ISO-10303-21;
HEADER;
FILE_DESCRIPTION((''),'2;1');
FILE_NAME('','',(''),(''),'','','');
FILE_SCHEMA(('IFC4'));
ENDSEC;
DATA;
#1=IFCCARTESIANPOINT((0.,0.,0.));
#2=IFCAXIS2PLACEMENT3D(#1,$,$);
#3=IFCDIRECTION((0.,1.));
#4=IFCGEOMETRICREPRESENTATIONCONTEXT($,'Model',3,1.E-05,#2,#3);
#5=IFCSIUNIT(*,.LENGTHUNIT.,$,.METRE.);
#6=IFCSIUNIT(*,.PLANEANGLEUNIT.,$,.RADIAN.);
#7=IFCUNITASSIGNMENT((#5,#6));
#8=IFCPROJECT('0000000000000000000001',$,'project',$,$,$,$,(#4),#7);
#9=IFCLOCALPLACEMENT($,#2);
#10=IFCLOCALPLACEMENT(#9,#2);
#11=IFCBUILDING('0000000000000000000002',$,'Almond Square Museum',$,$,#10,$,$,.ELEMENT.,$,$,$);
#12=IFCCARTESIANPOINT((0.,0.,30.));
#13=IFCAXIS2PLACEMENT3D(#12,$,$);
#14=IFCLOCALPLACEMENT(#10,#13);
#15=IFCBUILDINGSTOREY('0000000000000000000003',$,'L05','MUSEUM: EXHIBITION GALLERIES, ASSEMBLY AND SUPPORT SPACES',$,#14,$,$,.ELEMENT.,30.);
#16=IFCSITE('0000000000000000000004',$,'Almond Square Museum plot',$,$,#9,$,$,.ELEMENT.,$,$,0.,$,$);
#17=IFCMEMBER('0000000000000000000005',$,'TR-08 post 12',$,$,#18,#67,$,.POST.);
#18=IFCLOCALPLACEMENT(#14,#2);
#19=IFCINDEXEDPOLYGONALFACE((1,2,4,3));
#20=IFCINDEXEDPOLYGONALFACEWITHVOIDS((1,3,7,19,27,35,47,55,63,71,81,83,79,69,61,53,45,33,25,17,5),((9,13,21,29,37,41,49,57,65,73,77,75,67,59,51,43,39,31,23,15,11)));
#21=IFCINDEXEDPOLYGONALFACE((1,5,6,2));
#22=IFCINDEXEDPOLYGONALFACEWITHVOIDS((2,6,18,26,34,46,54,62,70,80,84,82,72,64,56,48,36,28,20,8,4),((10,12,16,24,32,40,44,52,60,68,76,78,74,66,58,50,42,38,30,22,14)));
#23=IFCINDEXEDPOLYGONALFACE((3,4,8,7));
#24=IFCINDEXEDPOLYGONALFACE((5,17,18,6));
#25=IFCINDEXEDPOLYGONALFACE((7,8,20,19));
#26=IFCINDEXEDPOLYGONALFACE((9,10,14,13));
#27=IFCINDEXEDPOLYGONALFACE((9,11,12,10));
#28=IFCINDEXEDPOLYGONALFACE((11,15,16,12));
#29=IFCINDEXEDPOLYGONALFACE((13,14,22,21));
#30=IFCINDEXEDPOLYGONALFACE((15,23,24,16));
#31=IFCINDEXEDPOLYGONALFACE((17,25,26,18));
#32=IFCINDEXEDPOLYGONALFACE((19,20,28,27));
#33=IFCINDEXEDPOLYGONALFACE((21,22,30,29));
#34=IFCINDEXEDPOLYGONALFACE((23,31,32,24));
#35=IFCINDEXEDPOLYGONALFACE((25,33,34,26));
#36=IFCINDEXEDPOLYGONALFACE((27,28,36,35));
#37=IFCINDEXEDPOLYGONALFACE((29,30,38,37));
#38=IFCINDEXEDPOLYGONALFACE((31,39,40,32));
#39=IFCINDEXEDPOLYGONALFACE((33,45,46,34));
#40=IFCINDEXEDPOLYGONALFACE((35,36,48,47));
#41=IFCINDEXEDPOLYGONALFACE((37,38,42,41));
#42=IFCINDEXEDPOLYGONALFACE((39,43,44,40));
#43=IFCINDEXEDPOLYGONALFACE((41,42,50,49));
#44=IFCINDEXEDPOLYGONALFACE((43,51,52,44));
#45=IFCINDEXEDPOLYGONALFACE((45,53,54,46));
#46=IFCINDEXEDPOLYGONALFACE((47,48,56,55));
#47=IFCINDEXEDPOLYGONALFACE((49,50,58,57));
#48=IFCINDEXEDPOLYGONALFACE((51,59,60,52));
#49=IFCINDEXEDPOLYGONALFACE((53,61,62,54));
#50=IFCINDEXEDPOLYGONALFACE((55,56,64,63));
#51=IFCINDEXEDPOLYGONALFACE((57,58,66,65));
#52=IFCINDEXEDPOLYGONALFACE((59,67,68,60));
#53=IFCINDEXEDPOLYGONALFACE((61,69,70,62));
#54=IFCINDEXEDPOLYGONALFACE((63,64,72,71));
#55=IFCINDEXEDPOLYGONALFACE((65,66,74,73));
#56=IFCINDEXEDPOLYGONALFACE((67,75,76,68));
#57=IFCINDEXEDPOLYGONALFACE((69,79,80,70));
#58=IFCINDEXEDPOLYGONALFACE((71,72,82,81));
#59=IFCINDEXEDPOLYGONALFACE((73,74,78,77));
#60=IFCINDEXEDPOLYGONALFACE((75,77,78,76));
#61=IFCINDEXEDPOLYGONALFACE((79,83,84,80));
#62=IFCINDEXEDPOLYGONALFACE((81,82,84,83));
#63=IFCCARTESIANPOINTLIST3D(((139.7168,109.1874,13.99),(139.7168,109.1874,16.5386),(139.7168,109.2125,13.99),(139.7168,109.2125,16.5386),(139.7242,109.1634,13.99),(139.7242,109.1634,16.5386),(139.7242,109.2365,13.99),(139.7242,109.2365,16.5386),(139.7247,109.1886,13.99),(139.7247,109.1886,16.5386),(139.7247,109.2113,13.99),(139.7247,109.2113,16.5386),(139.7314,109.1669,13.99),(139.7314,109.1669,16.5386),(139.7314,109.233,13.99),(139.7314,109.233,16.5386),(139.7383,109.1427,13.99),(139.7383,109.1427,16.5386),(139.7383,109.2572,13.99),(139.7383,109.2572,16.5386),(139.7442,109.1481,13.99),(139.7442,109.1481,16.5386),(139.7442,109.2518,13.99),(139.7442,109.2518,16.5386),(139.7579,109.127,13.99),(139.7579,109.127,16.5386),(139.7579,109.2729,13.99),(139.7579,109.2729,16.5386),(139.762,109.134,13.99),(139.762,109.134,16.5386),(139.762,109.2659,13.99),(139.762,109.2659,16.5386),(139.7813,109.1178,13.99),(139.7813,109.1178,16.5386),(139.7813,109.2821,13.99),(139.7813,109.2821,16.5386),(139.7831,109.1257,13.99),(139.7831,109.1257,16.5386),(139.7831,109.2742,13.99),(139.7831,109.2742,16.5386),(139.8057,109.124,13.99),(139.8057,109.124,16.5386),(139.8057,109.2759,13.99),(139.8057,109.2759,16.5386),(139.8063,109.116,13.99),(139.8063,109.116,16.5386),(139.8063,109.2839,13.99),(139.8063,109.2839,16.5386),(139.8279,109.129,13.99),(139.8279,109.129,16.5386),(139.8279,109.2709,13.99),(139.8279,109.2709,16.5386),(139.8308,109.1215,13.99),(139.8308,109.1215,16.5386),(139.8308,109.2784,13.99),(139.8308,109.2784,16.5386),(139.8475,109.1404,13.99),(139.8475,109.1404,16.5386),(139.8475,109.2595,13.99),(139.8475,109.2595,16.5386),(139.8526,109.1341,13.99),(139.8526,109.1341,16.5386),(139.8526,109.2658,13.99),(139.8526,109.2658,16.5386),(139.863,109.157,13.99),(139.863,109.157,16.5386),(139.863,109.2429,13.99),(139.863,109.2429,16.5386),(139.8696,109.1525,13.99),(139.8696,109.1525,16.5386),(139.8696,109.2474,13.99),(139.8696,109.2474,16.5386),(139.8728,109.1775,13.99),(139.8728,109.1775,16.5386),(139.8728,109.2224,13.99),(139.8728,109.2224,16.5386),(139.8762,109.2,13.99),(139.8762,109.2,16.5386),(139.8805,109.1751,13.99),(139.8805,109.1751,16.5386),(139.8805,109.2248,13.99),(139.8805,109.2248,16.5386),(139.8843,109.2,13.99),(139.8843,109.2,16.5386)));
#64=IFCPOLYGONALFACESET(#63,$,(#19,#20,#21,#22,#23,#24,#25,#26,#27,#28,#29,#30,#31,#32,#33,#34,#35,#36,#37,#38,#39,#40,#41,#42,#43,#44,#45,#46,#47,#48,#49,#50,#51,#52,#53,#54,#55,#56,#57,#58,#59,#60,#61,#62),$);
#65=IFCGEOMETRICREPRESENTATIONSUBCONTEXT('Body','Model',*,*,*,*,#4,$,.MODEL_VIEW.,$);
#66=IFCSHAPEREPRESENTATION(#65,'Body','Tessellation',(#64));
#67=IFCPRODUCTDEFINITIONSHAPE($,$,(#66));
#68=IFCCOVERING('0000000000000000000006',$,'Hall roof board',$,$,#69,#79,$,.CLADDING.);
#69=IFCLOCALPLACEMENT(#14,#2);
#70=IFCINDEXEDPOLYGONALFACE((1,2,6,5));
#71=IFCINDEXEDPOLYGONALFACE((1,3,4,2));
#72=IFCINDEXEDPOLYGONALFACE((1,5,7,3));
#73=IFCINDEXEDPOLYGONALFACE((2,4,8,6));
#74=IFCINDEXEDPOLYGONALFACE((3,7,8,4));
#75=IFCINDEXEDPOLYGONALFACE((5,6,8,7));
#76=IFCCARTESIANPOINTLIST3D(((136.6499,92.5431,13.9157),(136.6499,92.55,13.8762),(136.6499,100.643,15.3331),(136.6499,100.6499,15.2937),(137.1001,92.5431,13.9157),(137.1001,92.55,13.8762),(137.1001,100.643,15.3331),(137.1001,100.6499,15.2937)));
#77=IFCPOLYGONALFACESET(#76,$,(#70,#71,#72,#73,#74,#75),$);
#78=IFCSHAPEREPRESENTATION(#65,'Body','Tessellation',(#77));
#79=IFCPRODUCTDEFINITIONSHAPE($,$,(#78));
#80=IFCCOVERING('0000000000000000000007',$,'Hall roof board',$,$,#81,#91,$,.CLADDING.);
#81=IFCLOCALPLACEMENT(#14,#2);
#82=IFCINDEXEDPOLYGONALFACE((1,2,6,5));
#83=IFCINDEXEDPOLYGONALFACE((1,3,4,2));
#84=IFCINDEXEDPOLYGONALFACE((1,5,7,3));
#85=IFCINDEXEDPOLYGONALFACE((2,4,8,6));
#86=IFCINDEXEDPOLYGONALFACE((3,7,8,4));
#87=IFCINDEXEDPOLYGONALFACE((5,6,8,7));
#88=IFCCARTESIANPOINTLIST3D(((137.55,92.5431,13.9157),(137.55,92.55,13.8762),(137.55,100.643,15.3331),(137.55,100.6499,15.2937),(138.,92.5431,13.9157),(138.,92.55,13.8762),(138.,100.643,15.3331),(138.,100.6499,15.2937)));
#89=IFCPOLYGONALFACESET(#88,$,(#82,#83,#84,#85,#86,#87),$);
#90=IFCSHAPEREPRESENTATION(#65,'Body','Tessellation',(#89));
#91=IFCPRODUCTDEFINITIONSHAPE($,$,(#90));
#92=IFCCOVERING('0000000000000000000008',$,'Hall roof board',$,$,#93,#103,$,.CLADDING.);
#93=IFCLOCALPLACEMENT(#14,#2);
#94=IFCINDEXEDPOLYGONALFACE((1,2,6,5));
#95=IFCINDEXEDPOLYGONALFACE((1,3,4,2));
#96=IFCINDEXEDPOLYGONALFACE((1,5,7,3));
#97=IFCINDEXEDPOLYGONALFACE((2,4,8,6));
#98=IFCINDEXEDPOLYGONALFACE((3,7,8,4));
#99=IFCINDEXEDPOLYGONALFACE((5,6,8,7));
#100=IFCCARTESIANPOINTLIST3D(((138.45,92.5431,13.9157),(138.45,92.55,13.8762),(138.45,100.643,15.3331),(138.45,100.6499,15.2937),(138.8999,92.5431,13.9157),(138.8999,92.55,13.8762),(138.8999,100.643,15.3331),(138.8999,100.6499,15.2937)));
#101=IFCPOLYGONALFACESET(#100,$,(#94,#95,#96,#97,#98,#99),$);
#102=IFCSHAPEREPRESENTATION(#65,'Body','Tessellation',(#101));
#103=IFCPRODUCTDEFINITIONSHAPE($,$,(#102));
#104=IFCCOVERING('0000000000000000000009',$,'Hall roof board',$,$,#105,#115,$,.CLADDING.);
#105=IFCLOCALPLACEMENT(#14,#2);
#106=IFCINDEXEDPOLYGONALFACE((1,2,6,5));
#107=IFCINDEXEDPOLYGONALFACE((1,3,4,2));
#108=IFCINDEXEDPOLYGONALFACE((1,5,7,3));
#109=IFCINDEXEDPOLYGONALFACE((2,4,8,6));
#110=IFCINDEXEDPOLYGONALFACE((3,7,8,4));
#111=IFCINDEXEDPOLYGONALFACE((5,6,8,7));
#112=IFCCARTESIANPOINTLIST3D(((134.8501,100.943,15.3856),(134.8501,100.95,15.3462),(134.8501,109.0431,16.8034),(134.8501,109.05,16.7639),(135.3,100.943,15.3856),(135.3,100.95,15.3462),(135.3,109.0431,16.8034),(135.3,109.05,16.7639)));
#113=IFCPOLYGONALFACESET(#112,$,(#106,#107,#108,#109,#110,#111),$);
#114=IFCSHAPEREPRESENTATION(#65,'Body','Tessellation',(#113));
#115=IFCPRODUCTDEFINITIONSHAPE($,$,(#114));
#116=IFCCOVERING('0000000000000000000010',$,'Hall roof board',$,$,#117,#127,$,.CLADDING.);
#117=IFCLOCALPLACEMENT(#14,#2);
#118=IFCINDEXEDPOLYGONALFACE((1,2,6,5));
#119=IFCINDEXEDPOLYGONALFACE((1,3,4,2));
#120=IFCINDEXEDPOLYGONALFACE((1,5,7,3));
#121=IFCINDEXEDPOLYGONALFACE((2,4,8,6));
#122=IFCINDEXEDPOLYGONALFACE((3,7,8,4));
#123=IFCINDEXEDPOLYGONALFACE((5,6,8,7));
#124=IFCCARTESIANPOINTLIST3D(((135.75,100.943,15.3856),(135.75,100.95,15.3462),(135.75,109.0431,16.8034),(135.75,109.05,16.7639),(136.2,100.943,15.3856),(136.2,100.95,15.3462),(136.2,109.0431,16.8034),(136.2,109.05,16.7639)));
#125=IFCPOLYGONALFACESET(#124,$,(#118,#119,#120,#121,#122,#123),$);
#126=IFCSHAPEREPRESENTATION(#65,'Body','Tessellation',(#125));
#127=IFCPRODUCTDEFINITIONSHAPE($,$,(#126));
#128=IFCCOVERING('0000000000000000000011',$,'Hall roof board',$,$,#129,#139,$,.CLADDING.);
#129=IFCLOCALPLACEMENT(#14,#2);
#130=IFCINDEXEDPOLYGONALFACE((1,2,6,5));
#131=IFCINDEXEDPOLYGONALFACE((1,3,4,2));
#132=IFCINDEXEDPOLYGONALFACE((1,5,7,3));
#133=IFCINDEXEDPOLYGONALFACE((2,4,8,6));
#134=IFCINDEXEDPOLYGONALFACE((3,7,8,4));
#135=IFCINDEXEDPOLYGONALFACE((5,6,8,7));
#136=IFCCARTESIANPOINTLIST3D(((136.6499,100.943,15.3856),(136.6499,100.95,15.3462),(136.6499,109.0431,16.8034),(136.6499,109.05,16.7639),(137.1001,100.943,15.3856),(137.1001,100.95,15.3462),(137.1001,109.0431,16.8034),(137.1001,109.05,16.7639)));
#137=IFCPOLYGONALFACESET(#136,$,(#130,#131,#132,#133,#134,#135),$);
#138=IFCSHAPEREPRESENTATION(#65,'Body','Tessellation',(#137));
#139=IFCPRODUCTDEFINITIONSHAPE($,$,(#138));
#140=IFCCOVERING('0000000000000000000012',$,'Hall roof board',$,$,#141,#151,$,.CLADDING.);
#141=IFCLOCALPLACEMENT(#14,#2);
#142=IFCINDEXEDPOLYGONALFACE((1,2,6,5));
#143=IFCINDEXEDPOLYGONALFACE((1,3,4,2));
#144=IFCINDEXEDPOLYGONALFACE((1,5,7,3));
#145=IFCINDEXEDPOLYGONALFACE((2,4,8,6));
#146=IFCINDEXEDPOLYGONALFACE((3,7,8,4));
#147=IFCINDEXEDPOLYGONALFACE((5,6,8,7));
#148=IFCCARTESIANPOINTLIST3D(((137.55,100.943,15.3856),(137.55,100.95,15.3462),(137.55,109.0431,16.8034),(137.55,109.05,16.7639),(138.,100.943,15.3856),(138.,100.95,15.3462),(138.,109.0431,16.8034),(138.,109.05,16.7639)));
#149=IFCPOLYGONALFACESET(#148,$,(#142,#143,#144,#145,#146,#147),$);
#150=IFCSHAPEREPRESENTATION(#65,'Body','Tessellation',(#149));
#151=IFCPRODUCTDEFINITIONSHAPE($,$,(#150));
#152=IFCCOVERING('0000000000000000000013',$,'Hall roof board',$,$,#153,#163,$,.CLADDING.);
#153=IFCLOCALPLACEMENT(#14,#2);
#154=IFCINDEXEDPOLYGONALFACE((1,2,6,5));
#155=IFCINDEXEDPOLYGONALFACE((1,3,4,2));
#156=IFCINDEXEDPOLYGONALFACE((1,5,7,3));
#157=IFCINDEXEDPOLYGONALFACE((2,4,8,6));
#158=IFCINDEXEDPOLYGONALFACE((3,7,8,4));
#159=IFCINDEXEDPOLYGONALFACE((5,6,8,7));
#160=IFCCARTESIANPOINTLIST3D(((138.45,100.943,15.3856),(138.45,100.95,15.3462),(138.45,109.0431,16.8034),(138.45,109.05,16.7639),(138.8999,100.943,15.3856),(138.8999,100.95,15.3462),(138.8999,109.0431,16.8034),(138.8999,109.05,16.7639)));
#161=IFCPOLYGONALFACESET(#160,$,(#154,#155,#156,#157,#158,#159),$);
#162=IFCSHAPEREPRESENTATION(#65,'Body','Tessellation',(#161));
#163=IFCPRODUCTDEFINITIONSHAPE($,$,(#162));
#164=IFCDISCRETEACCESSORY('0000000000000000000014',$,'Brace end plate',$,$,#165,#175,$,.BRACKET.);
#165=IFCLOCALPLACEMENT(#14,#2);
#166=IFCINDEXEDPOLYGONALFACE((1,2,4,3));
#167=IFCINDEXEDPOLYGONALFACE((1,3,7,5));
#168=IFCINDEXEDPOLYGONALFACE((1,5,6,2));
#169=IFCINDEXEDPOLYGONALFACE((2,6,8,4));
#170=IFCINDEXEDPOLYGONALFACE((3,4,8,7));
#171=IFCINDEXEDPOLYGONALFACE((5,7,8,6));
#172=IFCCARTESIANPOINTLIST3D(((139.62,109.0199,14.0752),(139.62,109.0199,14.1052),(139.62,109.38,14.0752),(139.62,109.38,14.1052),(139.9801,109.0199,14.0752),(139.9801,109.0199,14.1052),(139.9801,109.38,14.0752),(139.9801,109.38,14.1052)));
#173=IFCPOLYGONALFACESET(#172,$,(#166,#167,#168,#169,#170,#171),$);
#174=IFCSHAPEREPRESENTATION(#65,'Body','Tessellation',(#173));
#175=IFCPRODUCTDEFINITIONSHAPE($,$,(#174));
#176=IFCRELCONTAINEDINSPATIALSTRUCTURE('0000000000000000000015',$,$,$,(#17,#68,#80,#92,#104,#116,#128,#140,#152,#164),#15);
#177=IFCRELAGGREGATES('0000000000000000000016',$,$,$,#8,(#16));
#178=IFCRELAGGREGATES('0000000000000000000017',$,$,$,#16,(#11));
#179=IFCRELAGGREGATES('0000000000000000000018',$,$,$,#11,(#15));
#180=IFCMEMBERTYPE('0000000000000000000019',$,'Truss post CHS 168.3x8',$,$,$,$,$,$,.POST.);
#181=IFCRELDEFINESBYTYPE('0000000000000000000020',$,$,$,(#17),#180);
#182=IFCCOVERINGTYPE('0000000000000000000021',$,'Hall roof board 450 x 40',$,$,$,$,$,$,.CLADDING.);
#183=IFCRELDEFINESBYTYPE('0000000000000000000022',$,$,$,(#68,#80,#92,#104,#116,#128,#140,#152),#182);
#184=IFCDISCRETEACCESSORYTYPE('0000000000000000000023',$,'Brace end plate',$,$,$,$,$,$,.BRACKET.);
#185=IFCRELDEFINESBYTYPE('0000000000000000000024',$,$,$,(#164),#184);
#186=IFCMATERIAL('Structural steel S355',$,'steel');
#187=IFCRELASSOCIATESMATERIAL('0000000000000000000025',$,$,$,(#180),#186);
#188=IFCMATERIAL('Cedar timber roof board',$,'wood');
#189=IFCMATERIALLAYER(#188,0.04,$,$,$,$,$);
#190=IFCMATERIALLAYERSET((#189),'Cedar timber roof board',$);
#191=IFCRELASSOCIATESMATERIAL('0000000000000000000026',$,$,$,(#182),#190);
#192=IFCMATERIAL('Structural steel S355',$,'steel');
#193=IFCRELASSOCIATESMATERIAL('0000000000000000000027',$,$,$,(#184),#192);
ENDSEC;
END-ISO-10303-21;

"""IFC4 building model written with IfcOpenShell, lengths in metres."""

from ifc_helpers import new_model, si_unit, direction, frame, origin, origin_2d, place, context, subcontext, project, spatial, polyline, rectangle, hollow_circle, outline, extrude, material, layer, layer_set, material_profile, profile_set, type_object, element, save


model = new_model("IFC4")

# Units and contexts
model_context = context("Model", 3, precision=1e-05, world=origin(), true_north=direction((0.0, 1.0)))
body_context = subcontext(model_context, "Body", "Model", "MODEL_VIEW")
ifc_project = project(units=[si_unit("LENGTHUNIT", "METRE"), si_unit("PLANEANGLEUNIT", "RADIAN")], contexts=[model_context])

# Site, building, storey
site_placement = place(None, origin())
site = spatial("IfcSite", under=ifc_project, at=site_placement, Name="Almond Square Museum plot", CompositionType="ELEMENT", RefElevation=0.0)
building_placement = place(site_placement, origin())
building = spatial("IfcBuilding", under=site, at=building_placement, Name="Almond Square Museum", CompositionType="ELEMENT")
storey_placement = place(building_placement, frame((0.0, 0.0, 30.0)))
storey = spatial("IfcBuildingStorey", under=building, at=storey_placement, Name="L05", Description="MUSEUM: EXHIBITION GALLERIES, ASSEMBLY AND SUPPORT SPACES", CompositionType="ELEMENT", Elevation=30.0)

# Member
ifc_material_1 = material(Name="Structural steel S355", Category="steel")
ifc_material_profile_1 = material_profile(ifc_material_1, hollow_circle(Radius=0.0842, WallThickness=0.0081, at=origin_2d()))
ifc_profile_set_1 = profile_set([ifc_material_profile_1], Name="Structural steel S355")
member_type_1 = type_object("IfcMemberType", Name="Truss post CHS 168.3x8", PredefinedType="POST", material=ifc_profile_set_1)
for number, where, z_axis, x_axis, name in (
    (1, (139.8, 109.2, 13.99), (0.0, 0.0, 1.0), (1.0, 0.0, 0.0), "TR-08 post 12"),
):
    element("IfcMember", number, at=place(storey_placement, frame(where, z_axis=z_axis, x_axis=x_axis)), inside=storey, type_object=member_type_1, Name=name, PredefinedType="POST", context=body_context, shape_type="SweptSolid", body=[
        extrude(hollow_circle(Radius=0.0842, WallThickness=0.0081, at=origin_2d()), origin(), (0.0, 0.0, 1.0), 2.5486),
    ])

# Coverings
ifc_material_2 = material(Name="Cedar timber roof board", Category="wood")
ifc_layer = layer(ifc_material_2, 0.04)
ifc_layer_set = layer_set([ifc_layer], Name="Cedar timber roof board")
covering_type = type_object("IfcCoveringType", Name="Hall roof board 450 x 40", PredefinedType="CLADDING", material=ifc_layer_set)
covering_1_placement = place(storey_placement, frame((137.1001, 100.6499, 15.2937), z_axis=(0.0, -0.172381, 0.98503), x_axis=(-1.0, 0.0, 0.0)))
element("IfcCovering", 2, at=covering_1_placement, inside=storey, type_object=covering_type, Name="Hall roof board", PredefinedType="CLADDING", context=body_context, shape_type="SweptSolid", body=[
    extrude(outline(polyline([(0.0, 0.0), (0.4502, 0.0), (0.4502, 8.2229), (0.0, 8.2229), (0.0, 0.0)])), origin(), (0.0, 0.0, 1.0), 0.04),
])
for number, where, z_axis, x_axis, name in (
    (3, (138.0, 100.6499, 15.2937), (0.0, -0.172381, 0.98503), (-1.0, 0.0, 0.0), "Hall roof board"),
    (4, (138.8999, 100.6499, 15.2937), (0.0, -0.172381, 0.98503), (-1.0, 0.0, 0.0), "Hall roof board"),
):
    element("IfcCovering", number, at=place(storey_placement, frame(where, z_axis=z_axis, x_axis=x_axis)), inside=storey, type_object=covering_type, Name=name, PredefinedType="CLADDING", context=body_context, shape_type="SweptSolid", body=[
        extrude(outline(polyline([(0.0, 0.0), (0.45, 0.0), (0.45, 8.2229), (0.0, 8.2229), (0.0, 0.0)])), origin(), (0.0, 0.0, 1.0), 0.04),
    ])
for number, where, z_axis, x_axis, name in (
    (5, (135.3, 109.05, 16.7639), (0.0, -0.172405, 0.985026), (-1.0, 0.0, 0.0), "Hall roof board"),
    (6, (136.2, 109.05, 16.7639), (0.0, -0.172405, 0.985026), (-1.0, 0.0, 0.0), "Hall roof board"),
):
    element("IfcCovering", number, at=place(storey_placement, frame(where, z_axis=z_axis, x_axis=x_axis)), inside=storey, type_object=covering_type, Name=name, PredefinedType="CLADDING", context=body_context, shape_type="SweptSolid", body=[
        extrude(outline(polyline([(0.0, 0.0), (0.45, 0.0), (0.45, 8.2232), (0.0, 8.2232), (0.0, 0.0)])), origin(), (0.0, 0.0, 1.0), 0.04),
    ])
covering_2_placement = place(storey_placement, frame((137.1001, 109.05, 16.7639), z_axis=(0.0, -0.172405, 0.985026), x_axis=(-1.0, 0.0, 0.0)))
element("IfcCovering", 7, at=covering_2_placement, inside=storey, type_object=covering_type, Name="Hall roof board", PredefinedType="CLADDING", context=body_context, shape_type="SweptSolid", body=[
    extrude(outline(polyline([(0.0, 0.0), (0.4502, 0.0), (0.4502, 8.2232), (0.0, 8.2232), (0.0, 0.0)])), origin(), (0.0, 0.0, 1.0), 0.04),
])
for number, where, z_axis, x_axis, name in (
    (8, (138.0, 109.05, 16.7639), (0.0, -0.172405, 0.985026), (-1.0, 0.0, 0.0), "Hall roof board"),
    (9, (138.8999, 109.05, 16.7639), (0.0, -0.172405, 0.985026), (-1.0, 0.0, 0.0), "Hall roof board"),
):
    element("IfcCovering", number, at=place(storey_placement, frame(where, z_axis=z_axis, x_axis=x_axis)), inside=storey, type_object=covering_type, Name=name, PredefinedType="CLADDING", context=body_context, shape_type="SweptSolid", body=[
        extrude(outline(polyline([(0.0, 0.0), (0.45, 0.0), (0.45, 8.2232), (0.0, 8.2232), (0.0, 0.0)])), origin(), (0.0, 0.0, 1.0), 0.04),
    ])

# Discrete accessory
ifc_material_3 = material(Name="Structural steel S355", Category="steel")
discrete_accessory_type = type_object("IfcDiscreteAccessoryType", Name="Brace end plate", PredefinedType="BRACKET", material=ifc_material_3)
discrete_accessory_placement = place(storey_placement, frame((139.8, 109.2, 14.0752), z_axis=(0.0, 0.0, 1.0), x_axis=(1.0, 0.0, 0.0)))
element("IfcDiscreteAccessory", 10, at=discrete_accessory_placement, inside=storey, type_object=discrete_accessory_type, Name="Brace end plate", PredefinedType="BRACKET", context=body_context, shape_type="SweptSolid", body=[
    extrude(rectangle(XDim=0.3601, YDim=0.3601, at=origin_2d()), origin(), (0.0, 0.0, 1.0), 0.03),
])

save(model, "model.ifc")
